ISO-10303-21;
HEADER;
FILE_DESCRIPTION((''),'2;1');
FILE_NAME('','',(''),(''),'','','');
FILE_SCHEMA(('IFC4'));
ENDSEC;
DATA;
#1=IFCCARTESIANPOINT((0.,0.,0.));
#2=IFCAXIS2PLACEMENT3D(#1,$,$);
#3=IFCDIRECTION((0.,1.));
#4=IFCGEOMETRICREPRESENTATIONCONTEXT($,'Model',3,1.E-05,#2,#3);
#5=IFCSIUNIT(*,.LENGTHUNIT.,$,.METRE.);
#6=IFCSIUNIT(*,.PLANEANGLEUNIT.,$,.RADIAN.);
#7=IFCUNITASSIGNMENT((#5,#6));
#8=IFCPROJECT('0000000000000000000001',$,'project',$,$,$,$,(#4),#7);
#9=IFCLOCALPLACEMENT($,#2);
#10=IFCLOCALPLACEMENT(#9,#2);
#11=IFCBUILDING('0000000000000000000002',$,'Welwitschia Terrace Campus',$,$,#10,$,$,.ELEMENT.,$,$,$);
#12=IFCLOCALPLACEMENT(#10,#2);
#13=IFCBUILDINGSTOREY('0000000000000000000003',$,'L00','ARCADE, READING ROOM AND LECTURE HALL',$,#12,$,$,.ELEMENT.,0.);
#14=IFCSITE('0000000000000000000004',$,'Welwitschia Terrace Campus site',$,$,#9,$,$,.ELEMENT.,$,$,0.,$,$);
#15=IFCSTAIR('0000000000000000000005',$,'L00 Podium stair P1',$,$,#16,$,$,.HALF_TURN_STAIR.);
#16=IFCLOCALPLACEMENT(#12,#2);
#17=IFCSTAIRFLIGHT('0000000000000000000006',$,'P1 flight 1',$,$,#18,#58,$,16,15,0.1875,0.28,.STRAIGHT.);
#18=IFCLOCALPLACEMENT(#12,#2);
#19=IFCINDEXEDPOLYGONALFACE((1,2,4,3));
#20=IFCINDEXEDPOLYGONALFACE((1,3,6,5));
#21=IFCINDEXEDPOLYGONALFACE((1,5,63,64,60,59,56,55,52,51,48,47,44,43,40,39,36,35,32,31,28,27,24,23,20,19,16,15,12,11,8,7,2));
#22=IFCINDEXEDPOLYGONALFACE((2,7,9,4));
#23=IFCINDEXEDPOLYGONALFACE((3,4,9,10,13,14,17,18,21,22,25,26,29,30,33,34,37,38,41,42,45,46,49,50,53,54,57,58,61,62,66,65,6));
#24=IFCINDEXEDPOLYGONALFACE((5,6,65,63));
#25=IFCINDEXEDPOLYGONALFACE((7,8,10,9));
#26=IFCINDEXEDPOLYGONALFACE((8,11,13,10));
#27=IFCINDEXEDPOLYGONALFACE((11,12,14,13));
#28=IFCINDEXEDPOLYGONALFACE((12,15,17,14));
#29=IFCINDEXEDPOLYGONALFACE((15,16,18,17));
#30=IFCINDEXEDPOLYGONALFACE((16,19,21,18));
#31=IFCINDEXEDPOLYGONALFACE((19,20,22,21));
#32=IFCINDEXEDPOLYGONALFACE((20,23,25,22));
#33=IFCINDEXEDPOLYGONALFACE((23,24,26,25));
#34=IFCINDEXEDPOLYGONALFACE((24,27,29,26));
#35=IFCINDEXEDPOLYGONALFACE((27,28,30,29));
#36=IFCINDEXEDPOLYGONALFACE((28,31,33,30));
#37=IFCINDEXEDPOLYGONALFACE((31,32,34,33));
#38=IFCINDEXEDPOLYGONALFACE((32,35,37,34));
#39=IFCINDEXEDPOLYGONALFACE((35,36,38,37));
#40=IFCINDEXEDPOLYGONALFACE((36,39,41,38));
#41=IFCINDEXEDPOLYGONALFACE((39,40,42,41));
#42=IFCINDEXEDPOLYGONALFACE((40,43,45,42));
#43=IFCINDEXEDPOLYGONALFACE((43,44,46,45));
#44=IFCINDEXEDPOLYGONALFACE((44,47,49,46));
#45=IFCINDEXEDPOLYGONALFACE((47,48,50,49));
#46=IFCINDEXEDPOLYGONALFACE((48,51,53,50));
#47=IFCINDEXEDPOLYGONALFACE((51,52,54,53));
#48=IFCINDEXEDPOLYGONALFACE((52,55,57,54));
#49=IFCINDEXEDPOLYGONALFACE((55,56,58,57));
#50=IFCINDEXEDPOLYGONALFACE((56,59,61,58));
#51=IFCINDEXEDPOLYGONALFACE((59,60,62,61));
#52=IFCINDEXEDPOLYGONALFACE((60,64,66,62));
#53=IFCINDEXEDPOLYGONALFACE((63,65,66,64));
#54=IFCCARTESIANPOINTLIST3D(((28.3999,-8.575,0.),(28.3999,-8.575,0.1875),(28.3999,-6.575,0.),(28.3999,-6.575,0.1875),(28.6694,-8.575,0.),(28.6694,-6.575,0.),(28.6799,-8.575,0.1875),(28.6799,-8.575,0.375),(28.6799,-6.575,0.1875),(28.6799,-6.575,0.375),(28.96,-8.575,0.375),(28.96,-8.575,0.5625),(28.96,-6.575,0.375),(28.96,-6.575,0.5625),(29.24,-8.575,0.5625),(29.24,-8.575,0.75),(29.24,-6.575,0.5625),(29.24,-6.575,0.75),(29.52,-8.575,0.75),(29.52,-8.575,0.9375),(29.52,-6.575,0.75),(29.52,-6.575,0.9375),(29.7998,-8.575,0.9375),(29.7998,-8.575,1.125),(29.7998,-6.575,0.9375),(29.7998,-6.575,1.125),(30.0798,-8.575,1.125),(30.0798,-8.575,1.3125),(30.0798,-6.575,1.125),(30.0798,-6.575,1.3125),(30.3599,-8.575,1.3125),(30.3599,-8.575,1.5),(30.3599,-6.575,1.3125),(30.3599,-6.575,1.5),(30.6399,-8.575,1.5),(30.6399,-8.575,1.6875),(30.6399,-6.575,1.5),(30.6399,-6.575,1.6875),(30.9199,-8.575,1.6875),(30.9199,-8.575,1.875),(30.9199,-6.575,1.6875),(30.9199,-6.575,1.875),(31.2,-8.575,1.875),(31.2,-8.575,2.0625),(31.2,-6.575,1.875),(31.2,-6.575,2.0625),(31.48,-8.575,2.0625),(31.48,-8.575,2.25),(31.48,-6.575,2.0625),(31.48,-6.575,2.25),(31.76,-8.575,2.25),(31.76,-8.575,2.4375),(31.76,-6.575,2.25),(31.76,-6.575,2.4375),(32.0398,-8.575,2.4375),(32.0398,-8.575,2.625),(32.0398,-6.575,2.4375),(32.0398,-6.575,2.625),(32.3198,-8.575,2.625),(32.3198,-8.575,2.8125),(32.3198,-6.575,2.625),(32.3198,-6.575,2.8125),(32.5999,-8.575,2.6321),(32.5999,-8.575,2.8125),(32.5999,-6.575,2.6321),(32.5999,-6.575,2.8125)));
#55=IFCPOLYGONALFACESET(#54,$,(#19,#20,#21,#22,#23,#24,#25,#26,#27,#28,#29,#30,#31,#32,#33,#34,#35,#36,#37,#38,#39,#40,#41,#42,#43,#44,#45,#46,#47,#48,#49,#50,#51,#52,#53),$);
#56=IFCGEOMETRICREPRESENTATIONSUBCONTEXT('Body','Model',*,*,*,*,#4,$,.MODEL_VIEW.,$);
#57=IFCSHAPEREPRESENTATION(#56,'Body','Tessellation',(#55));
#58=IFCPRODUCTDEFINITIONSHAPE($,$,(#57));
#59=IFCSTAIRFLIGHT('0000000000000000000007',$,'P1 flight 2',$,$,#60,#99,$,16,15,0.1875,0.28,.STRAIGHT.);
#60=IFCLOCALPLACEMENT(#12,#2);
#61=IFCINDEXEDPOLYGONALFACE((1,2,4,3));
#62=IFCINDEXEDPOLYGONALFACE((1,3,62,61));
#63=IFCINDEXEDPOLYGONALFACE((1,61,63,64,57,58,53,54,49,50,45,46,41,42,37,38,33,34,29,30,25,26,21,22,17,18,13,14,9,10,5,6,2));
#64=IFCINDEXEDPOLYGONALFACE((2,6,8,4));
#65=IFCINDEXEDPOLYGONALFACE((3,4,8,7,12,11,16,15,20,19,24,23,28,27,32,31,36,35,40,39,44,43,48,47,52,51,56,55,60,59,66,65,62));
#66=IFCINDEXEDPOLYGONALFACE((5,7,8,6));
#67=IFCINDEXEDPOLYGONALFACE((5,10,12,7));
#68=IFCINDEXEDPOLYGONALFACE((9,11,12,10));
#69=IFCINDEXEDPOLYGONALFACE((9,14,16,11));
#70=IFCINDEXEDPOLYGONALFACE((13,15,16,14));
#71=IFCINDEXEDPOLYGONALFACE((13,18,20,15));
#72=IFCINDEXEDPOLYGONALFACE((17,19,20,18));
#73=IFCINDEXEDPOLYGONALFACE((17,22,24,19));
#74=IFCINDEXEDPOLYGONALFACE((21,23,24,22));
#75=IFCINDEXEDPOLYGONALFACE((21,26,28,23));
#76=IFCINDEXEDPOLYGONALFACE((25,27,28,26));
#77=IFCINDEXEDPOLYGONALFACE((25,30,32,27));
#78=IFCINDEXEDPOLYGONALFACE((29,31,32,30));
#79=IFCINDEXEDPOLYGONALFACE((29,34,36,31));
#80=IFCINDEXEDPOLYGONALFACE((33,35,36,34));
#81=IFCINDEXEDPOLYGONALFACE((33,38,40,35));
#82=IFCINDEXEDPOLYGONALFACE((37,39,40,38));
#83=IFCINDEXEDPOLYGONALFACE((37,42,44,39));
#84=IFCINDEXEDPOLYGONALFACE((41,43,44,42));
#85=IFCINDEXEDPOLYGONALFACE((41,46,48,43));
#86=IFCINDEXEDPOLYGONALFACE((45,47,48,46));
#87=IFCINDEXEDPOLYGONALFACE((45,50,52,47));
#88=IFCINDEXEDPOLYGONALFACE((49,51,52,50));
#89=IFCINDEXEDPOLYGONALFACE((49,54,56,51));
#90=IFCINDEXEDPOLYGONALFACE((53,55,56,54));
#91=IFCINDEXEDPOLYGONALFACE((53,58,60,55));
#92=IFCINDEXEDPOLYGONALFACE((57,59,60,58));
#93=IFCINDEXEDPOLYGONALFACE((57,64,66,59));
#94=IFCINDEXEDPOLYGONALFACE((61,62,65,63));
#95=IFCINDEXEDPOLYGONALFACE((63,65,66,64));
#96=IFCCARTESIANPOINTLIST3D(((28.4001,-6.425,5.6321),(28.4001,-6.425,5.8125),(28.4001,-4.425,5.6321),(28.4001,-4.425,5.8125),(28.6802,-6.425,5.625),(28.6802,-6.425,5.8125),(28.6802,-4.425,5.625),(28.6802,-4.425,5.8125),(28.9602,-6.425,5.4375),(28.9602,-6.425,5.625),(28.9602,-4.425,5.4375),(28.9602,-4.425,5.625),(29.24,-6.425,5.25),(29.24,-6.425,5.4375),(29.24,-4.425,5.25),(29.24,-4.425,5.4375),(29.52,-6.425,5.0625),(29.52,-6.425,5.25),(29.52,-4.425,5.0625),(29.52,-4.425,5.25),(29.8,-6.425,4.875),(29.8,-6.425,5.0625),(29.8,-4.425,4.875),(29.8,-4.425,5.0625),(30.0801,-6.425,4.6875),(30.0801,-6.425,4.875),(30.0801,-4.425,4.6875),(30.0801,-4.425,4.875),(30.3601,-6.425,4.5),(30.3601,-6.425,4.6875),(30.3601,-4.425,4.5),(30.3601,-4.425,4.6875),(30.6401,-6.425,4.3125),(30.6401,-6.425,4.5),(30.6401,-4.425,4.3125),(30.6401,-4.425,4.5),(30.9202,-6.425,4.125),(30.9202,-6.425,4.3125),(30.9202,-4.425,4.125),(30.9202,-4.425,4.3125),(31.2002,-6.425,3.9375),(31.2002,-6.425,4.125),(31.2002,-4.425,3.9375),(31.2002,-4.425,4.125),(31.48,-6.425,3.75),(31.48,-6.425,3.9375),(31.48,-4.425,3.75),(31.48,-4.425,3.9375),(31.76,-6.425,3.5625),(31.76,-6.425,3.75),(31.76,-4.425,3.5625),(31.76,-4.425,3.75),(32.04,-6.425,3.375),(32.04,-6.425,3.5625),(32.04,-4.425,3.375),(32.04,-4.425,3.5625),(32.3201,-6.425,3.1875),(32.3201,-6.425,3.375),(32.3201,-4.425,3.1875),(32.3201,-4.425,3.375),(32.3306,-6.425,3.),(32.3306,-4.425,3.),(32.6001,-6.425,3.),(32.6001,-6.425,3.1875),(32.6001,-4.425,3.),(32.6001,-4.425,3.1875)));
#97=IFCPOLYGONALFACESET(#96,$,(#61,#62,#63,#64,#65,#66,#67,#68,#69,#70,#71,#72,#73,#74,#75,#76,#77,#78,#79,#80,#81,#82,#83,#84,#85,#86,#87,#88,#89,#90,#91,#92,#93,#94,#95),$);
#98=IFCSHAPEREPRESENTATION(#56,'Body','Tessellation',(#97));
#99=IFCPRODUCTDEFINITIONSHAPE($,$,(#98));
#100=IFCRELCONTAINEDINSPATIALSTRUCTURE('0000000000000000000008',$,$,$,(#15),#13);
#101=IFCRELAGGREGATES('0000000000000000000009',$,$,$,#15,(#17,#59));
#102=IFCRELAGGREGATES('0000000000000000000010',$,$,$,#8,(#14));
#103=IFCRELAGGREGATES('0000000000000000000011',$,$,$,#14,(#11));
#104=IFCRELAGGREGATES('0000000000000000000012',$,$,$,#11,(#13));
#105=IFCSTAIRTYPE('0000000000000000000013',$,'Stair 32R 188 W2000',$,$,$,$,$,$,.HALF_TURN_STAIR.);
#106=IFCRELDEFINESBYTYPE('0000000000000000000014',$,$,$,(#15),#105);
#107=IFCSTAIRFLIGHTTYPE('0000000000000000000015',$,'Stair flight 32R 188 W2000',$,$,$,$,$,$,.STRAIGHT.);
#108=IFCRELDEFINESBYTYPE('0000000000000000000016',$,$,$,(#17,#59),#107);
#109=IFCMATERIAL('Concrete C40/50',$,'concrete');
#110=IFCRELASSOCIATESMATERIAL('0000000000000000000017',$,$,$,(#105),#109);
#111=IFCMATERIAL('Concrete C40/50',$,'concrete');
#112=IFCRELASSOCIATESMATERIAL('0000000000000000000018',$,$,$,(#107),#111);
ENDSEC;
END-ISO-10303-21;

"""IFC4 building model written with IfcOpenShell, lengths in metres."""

from ifc_helpers import new_model, si_unit, direction, frame, origin, place, context, subcontext, project, spatial, polyline, outline, extrude, material, type_object, element, aggregate, save


model = new_model("IFC4")

# Units and contexts
model_context = context("Model", 3, precision=1e-05, world=origin(), true_north=direction((0.0, 1.0)))
body_context = subcontext(model_context, "Body", "Model", "MODEL_VIEW")
ifc_project = project(units=[si_unit("LENGTHUNIT", "METRE"), si_unit("PLANEANGLEUNIT", "RADIAN")], contexts=[model_context])

# Site, building, storey
site_placement = place(None, origin())
site = spatial("IfcSite", under=ifc_project, at=site_placement, Name="Welwitschia Terrace Campus site", CompositionType="ELEMENT", RefElevation=0.0)
building_placement = place(site_placement, origin())
building = spatial("IfcBuilding", under=site, at=building_placement, Name="Welwitschia Terrace Campus", CompositionType="ELEMENT")
storey_placement = place(building_placement, origin())
storey = spatial("IfcBuildingStorey", under=building, at=storey_placement, Name="L00", Description="ARCADE, READING ROOM AND LECTURE HALL", CompositionType="ELEMENT", Elevation=0.0)

# Stair, stair flights
ifc_material_1 = material(Name="Concrete C40/50", Category="concrete")
stair_type = type_object("IfcStairType", Name="Stair 32R 188 W2000", PredefinedType="HALF_TURN_STAIR", material=ifc_material_1)
stair_placement = place(storey_placement, origin())
stair = element("IfcStair", 1, at=stair_placement, inside=storey, type_object=stair_type, Name="L00 Podium stair P1", PredefinedType="HALF_TURN_STAIR")
ifc_material_2 = material(Name="Concrete C40/50", Category="concrete")
stair_flight_type = type_object("IfcStairFlightType", Name="Stair flight 32R 188 W2000", PredefinedType="STRAIGHT", material=ifc_material_2)
stair_flight_1_placement = place(storey_placement, frame((28.3999, -7.575, 0.0), z_axis=(0.0, 0.0, 1.0), x_axis=(1.0, 0.0, 0.0)))
stair_flight_1 = element("IfcStairFlight", 2, at=stair_flight_1_placement, type_object=stair_flight_type, Name="P1 flight 1", NumberOfRisers=16, NumberOfTreads=15, PredefinedType="STRAIGHT", RiserHeight=0.1875, TreadLength=0.28, context=body_context, shape_type="SweptSolid", body=[
    extrude(outline(polyline([(0.0, 0.0), (0.0, 0.1875), (0.28, 0.1875), (0.28, 0.375), (0.5601, 0.375), (0.5601, 0.5625), (0.8401, 0.5625), (0.8401, 0.75), (1.1201, 0.75), (1.1201, 0.9375), (1.3999, 0.9375), (1.3999, 1.125), (1.6799, 1.125), (1.6799, 1.3125), (1.96, 1.3125), (1.96, 1.5), (2.24, 1.5), (2.24, 1.6875), (2.52, 1.6875), (2.52, 1.875), (2.8, 1.875), (2.8, 2.0625), (3.0801, 2.0625), (3.0801, 2.25), (3.3601, 2.25), (3.3601, 2.4375), (3.6399, 2.4375), (3.6399, 2.625), (3.9199, 2.625), (3.9199, 2.8125), (4.2, 2.8125), (4.2, 3.0), (4.2, 2.6321), (0.2695, 0.0), (0.0, 0.0)])), frame((0.0, 1.0, 0.0), z_axis=(0.0, -1.0, 0.0), x_axis=(1.0, 0.0, 0.0)), (0.0, 0.0, 1.0), 2.0),
])
stair_flight_2_placement = place(storey_placement, frame((32.6001, -5.425, 3.0), z_axis=(0.0, 0.0, 1.0), x_axis=(-1.0, 0.0, 0.0)))
stair_flight_2 = element("IfcStairFlight", 3, at=stair_flight_2_placement, type_object=stair_flight_type, Name="P1 flight 2", NumberOfRisers=16, NumberOfTreads=15, PredefinedType="STRAIGHT", RiserHeight=0.1875, TreadLength=0.28, context=body_context, shape_type="SweptSolid", body=[
    extrude(outline(polyline([(0.0, 0.0), (0.0, 0.1875), (0.28, 0.1875), (0.28, 0.375), (0.5601, 0.375), (0.5601, 0.5625), (0.8401, 0.5625), (0.8401, 0.75), (1.1201, 0.75), (1.1201, 0.9375), (1.3999, 0.9375), (1.3999, 1.125), (1.6799, 1.125), (1.6799, 1.3125), (1.96, 1.3125), (1.96, 1.5), (2.24, 1.5), (2.24, 1.6875), (2.52, 1.6875), (2.52, 1.875), (2.8, 1.875), (2.8, 2.0625), (3.0801, 2.0625), (3.0801, 2.25), (3.3601, 2.25), (3.3601, 2.4375), (3.6399, 2.4375), (3.6399, 2.625), (3.9199, 2.625), (3.9199, 2.8125), (4.2, 2.8125), (4.2, 3.0), (4.2, 2.6321), (0.2695, 0.0), (0.0, 0.0)])), frame((0.0, 1.0, 0.0), z_axis=(0.0, -1.0, 0.0), x_axis=(1.0, 0.0, 0.0)), (0.0, 0.0, 1.0), 2.0),
])
aggregate(stair, [stair_flight_1, stair_flight_2])

save(model, "model.ifc")
